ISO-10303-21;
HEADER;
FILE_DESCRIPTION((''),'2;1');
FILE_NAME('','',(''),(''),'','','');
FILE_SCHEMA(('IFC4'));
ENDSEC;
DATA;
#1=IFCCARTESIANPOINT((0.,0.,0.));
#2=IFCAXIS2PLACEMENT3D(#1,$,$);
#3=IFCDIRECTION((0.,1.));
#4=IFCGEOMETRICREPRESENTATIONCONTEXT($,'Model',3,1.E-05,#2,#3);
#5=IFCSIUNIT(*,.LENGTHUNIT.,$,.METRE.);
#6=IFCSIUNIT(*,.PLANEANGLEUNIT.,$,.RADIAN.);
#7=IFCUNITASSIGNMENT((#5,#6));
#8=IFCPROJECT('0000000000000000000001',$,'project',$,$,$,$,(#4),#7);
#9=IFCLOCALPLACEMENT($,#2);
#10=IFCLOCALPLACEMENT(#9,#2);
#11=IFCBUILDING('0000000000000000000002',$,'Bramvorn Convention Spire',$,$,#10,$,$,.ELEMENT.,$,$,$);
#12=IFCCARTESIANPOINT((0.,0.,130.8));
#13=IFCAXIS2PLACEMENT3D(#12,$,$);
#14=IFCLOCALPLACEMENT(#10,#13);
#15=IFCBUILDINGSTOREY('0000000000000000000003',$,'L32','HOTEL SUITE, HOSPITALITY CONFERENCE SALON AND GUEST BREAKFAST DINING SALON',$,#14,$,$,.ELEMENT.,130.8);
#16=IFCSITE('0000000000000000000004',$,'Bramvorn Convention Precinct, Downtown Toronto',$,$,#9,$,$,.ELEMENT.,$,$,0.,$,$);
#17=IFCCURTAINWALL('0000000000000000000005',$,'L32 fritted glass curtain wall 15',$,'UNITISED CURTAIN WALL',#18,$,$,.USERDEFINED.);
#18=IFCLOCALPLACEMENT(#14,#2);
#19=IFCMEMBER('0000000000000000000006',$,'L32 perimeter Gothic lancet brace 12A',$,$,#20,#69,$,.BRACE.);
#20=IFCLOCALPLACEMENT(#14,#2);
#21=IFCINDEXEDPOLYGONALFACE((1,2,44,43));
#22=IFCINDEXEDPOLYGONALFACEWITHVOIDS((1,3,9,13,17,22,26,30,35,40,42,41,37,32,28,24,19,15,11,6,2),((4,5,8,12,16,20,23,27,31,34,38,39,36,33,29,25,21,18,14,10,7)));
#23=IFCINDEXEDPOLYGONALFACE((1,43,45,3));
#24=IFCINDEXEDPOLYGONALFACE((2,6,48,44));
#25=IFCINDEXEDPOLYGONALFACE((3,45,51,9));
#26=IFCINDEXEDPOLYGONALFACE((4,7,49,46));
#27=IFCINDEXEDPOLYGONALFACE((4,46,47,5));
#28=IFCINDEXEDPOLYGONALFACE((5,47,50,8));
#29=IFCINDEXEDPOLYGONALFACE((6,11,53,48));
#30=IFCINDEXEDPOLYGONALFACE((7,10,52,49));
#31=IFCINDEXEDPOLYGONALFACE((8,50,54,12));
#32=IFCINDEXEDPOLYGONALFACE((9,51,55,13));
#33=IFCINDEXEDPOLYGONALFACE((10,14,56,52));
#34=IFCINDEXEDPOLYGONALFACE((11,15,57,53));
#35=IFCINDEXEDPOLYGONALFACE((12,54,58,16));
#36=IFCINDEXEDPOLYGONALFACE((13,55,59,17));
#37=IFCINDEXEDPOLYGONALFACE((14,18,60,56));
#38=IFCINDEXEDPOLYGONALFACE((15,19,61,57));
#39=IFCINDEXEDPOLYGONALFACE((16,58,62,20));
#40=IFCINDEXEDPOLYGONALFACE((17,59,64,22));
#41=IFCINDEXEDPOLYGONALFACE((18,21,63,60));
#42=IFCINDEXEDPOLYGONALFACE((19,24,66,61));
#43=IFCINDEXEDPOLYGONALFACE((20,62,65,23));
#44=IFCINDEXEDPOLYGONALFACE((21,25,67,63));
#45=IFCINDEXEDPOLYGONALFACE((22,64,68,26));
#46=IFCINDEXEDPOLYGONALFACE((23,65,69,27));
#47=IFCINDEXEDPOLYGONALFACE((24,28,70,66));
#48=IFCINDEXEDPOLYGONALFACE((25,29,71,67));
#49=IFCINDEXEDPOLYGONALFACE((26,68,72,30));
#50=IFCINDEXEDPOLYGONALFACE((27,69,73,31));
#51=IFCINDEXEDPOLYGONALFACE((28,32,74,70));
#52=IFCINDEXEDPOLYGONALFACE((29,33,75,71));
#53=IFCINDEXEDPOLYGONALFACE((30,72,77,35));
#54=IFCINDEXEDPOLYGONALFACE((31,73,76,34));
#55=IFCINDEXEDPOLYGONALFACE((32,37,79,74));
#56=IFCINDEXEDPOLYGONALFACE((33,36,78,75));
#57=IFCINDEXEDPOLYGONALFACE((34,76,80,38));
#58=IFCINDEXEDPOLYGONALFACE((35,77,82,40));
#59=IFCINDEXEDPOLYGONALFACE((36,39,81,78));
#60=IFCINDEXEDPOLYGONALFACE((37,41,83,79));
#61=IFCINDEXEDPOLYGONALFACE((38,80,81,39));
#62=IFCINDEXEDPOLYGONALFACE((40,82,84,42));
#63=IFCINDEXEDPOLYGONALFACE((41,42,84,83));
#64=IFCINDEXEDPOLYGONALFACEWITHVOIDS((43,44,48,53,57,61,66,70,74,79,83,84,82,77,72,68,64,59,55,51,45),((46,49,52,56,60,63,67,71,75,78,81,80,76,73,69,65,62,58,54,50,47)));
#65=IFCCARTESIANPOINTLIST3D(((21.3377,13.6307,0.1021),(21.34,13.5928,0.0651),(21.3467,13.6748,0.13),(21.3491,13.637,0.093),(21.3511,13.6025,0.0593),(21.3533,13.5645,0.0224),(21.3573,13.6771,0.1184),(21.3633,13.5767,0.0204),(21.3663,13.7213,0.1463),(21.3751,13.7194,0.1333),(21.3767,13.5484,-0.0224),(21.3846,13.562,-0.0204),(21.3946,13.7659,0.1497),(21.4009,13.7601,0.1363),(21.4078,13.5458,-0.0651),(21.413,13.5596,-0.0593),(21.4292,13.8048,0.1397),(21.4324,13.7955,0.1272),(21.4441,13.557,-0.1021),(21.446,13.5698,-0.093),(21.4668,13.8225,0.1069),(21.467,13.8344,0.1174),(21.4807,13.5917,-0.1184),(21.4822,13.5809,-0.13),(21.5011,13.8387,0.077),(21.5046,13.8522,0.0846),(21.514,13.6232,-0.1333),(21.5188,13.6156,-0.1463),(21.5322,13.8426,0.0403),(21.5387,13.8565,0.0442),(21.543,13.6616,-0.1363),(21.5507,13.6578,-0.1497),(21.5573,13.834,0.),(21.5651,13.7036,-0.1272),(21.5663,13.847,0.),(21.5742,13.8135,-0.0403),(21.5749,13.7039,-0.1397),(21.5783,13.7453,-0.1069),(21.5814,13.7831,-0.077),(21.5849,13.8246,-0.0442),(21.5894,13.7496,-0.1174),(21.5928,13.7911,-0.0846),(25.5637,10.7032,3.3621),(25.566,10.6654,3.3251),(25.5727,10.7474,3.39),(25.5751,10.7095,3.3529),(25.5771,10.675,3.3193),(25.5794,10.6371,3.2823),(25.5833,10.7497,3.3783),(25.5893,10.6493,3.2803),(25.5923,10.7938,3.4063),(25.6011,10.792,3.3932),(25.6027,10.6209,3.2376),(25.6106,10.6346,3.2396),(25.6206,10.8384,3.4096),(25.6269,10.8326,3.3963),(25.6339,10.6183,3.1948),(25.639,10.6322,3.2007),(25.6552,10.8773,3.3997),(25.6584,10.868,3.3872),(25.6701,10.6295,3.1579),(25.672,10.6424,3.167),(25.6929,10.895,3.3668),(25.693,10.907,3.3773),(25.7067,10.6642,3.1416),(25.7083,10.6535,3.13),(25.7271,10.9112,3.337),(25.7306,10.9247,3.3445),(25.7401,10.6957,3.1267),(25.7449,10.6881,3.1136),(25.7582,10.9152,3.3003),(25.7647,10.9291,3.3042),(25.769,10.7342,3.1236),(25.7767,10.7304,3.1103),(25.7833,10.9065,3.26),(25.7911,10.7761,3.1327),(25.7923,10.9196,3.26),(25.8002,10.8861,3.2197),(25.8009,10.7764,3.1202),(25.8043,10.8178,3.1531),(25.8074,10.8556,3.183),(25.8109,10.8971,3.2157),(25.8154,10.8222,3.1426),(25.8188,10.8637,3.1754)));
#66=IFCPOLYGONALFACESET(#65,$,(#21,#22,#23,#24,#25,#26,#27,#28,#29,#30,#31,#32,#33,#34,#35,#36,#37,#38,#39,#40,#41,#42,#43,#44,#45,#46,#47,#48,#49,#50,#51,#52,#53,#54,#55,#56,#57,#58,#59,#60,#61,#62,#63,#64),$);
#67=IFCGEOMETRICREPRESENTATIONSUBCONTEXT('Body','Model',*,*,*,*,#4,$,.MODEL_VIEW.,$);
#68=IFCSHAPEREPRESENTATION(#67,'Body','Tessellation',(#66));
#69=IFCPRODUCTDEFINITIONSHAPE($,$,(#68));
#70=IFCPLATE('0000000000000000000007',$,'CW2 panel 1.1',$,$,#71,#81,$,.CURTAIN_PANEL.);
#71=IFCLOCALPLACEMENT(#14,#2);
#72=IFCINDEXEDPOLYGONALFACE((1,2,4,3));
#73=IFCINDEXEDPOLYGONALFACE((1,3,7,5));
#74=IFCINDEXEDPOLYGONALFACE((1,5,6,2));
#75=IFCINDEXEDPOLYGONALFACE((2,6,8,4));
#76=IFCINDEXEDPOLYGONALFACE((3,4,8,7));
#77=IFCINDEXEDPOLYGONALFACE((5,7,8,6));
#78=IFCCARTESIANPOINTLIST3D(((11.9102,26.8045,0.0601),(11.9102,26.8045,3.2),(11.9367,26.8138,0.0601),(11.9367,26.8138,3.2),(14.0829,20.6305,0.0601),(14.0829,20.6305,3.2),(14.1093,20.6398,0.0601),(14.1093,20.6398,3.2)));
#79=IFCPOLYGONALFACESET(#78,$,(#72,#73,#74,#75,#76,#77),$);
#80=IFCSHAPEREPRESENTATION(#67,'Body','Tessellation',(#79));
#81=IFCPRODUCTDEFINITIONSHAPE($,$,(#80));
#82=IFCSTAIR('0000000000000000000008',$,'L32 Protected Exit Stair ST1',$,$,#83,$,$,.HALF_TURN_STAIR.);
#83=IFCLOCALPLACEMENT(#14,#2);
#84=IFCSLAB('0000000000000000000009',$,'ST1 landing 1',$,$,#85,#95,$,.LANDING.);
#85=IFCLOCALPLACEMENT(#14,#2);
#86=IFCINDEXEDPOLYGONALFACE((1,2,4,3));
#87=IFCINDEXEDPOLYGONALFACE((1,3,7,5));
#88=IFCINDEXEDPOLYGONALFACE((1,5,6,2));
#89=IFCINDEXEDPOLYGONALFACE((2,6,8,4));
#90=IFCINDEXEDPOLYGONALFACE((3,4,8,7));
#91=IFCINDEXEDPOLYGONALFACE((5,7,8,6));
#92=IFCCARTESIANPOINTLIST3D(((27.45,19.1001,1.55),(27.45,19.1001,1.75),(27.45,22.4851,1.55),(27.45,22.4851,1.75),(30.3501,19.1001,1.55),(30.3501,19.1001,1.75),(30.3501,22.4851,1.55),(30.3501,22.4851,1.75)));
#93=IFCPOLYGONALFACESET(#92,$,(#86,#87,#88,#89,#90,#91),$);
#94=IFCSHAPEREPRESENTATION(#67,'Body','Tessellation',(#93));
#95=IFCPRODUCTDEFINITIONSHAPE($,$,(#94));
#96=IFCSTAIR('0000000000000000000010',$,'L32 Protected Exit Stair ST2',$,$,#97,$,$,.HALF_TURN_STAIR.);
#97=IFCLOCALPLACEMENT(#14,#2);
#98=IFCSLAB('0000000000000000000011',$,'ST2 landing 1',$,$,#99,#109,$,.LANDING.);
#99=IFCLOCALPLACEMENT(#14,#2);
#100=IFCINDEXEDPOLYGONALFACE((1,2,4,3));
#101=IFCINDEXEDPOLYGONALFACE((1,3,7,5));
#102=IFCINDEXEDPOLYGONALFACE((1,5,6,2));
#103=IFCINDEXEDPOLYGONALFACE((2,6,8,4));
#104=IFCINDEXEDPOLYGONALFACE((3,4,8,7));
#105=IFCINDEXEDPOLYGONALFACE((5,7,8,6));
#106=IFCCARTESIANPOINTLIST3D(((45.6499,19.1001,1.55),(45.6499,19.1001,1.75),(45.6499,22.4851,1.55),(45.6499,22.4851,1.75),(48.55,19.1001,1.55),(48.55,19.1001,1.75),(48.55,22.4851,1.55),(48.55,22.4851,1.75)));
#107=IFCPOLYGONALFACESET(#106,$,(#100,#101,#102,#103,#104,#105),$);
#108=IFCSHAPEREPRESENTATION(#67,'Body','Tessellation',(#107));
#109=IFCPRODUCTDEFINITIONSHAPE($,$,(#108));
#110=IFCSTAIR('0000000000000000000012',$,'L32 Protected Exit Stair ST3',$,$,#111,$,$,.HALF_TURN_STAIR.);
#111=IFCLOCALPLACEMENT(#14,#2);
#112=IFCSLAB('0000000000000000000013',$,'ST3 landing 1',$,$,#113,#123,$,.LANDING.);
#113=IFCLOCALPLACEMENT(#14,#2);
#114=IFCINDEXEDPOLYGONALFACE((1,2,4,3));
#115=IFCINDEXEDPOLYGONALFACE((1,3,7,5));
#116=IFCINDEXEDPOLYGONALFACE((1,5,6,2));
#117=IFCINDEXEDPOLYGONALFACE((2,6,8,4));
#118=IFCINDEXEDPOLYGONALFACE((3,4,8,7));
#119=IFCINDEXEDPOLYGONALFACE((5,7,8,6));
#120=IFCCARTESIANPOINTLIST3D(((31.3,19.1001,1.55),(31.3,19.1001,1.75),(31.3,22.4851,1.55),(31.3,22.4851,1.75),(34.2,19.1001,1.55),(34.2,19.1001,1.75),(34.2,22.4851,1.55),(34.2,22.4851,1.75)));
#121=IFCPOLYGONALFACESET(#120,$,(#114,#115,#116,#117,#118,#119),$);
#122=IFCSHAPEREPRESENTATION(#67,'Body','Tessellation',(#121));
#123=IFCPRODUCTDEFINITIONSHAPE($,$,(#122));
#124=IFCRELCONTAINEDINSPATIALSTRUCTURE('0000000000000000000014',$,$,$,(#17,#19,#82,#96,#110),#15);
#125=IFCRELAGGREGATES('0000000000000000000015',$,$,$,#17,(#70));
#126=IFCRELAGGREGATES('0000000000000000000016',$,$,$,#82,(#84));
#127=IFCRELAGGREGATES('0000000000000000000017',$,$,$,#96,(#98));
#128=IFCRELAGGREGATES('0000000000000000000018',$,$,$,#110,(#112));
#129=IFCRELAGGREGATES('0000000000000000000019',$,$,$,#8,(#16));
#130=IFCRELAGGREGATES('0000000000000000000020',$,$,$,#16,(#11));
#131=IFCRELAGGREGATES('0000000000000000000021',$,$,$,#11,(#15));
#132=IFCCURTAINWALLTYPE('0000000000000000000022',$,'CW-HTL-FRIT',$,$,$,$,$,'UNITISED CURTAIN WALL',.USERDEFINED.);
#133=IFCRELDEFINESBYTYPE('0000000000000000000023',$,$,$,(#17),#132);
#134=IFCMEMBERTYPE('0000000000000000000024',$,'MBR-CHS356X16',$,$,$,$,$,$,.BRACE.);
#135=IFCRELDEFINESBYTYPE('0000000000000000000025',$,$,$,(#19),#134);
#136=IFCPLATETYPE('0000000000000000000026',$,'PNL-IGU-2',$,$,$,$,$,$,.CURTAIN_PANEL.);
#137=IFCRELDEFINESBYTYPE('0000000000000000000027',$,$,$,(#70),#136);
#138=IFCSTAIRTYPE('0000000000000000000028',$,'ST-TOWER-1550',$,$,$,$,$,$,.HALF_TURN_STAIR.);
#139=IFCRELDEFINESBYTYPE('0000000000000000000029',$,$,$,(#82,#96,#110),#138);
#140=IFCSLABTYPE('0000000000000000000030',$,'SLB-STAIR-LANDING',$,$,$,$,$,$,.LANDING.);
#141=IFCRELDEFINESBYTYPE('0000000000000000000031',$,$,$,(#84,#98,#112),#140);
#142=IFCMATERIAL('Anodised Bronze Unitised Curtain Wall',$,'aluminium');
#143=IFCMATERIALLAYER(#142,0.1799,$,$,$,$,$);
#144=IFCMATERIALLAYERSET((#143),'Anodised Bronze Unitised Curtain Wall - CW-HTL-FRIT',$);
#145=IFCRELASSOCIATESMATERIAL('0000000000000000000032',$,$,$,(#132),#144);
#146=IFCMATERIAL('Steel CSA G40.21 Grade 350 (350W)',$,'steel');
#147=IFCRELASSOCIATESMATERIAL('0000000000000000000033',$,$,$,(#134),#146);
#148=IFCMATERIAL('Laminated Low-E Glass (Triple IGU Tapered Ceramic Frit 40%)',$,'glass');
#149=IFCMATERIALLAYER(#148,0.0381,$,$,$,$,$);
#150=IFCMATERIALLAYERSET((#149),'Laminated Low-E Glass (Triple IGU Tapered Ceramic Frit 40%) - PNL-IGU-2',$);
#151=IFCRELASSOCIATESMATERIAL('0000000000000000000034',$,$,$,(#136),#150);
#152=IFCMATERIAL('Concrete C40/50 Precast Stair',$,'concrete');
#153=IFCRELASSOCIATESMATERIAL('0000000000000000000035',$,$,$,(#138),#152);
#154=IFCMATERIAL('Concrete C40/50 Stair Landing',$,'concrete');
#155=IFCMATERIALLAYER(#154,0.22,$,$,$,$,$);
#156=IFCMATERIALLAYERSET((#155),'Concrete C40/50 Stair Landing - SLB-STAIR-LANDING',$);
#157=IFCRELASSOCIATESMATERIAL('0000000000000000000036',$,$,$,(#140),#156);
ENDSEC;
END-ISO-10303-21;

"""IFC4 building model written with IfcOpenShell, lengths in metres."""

from ifc_helpers import new_model, si_unit, direction, frame, origin, origin_2d, place, context, subcontext, project, spatial, polyline, rectangle, hollow_circle, outline, extrude, material, layer, layer_set, material_profile, profile_set, type_object, element, aggregate, save


model = new_model("IFC4")

# Units and contexts
model_context = context("Model", 3, precision=1e-05, world=origin(), true_north=direction((0.0, 1.0)))
body_context = subcontext(model_context, "Body", "Model", "MODEL_VIEW")
ifc_project = project(units=[si_unit("LENGTHUNIT", "METRE"), si_unit("PLANEANGLEUNIT", "RADIAN")], contexts=[model_context])

# Site, building, storey
site_placement = place(None, origin())
site = spatial("IfcSite", under=ifc_project, at=site_placement, Name="Bramvorn Convention Precinct, Downtown Toronto", CompositionType="ELEMENT", RefElevation=0.0)
building_placement = place(site_placement, origin())
building = spatial("IfcBuilding", under=site, at=building_placement, Name="Bramvorn Convention Spire", CompositionType="ELEMENT")
storey_placement = place(building_placement, frame((0.0, 0.0, 130.8)))
storey = spatial("IfcBuildingStorey", under=building, at=storey_placement, Name="L32", Description="HOTEL SUITE, HOSPITALITY CONFERENCE SALON AND GUEST BREAKFAST DINING SALON", CompositionType="ELEMENT", Elevation=130.8)

# Shared definitions
ifc_material_1 = material(Name="Steel CSA G40.21 Grade 350 (350W)", Category="steel")

# Curtain wall
ifc_material_2 = material(Name="Anodised Bronze Unitised Curtain Wall", Category="aluminium")
ifc_layer_1 = layer(ifc_material_2, 0.1799)
ifc_layer_set_1 = layer_set([ifc_layer_1], Name="Anodised Bronze Unitised Curtain Wall - CW-HTL-FRIT")
curtain_wall_type = type_object("IfcCurtainWallType", Name="CW-HTL-FRIT", ElementType="UNITISED CURTAIN WALL", PredefinedType="USERDEFINED", material=ifc_layer_set_1)
curtain_wall_placement = place(storey_placement, origin())
curtain_wall = element("IfcCurtainWall", 1, at=curtain_wall_placement, inside=storey, type_object=curtain_wall_type, Name="L32 fritted glass curtain wall 15", ObjectType="UNITISED CURTAIN WALL", PredefinedType="USERDEFINED")

# Member
ifc_material_profile_1 = material_profile(ifc_material_1, hollow_circle(Radius=0.1777, WallThickness=0.0159, at=origin_2d()))
ifc_profile_set_1 = profile_set([ifc_material_profile_1], Name="Steel CSA G40.21 Grade 350 (350W) - CHS356X16")
member_type_1 = type_object("IfcMemberType", Name="MBR-CHS356X16", PredefinedType="BRACE", material=ifc_profile_set_1)
member_1_placement = place(storey_placement, frame((21.4651, 13.7009, 0.0), z_axis=(0.694222, -0.480902, 0.535526), x_axis=(0.56944, 0.822033, 0.0)))
element("IfcMember", 2, at=member_1_placement, inside=storey, type_object=member_type_1, Name="L32 perimeter Gothic lancet brace 12A", PredefinedType="BRACE", context=body_context, shape_type="SweptSolid", body=[
    extrude(hollow_circle(Radius=0.1777, WallThickness=0.0159, at=origin_2d()), origin(), (0.0, 0.0, 1.0), 6.0874),
])

# Plate
ifc_material_3 = material(Name="Laminated Low-E Glass (Triple IGU Tapered Ceramic Frit 40%)", Category="glass")
ifc_layer_2 = layer(ifc_material_3, 0.0381)
ifc_layer_set_2 = layer_set([ifc_layer_2], Name="Laminated Low-E Glass (Triple IGU Tapered Ceramic Frit 40%) - PNL-IGU-2")
plate_type = type_object("IfcPlateType", Name="PNL-IGU-2", PredefinedType="CURTAIN_PANEL", material=ifc_layer_set_2)
plate_placement = place(storey_placement, frame((13.0098, 23.7222, 0.0601), z_axis=(0.0, 0.0, 1.0), x_axis=(-0.331951, 0.943297, 0.0)))
plate = element("IfcPlate", 3, at=plate_placement, type_object=plate_type, Name="CW2 panel 1.1", PredefinedType="CURTAIN_PANEL", context=body_context, shape_type="SweptSolid", body=[
    extrude(rectangle(XDim=6.5452, YDim=0.0281, at=origin_2d()), origin(), (0.0, 0.0, 1.0), 3.1399),
])
aggregate(curtain_wall, [plate])

# Stairs, slabs
ifc_material_4 = material(Name="Concrete C40/50 Precast Stair", Category="concrete")
stair_type = type_object("IfcStairType", Name="ST-TOWER-1550", PredefinedType="HALF_TURN_STAIR", material=ifc_material_4)
stair_1_placement = place(storey_placement, origin())
stair_1 = element("IfcStair", 4, at=stair_1_placement, inside=storey, type_object=stair_type, Name="L32 Protected Exit Stair ST1", PredefinedType="HALF_TURN_STAIR")
ifc_material_5 = material(Name="Concrete C40/50 Stair Landing", Category="concrete")
ifc_layer_3 = layer(ifc_material_5, 0.22)
ifc_layer_set_3 = layer_set([ifc_layer_3], Name="Concrete C40/50 Stair Landing - SLB-STAIR-LANDING")
slab_type_1 = type_object("IfcSlabType", Name="SLB-STAIR-LANDING", PredefinedType="LANDING", material=ifc_layer_set_3)
slab_1_placement = place(storey_placement, frame((0.0, 0.0, 1.55)))
slab_1 = element("IfcSlab", 5, at=slab_1_placement, type_object=slab_type_1, Name="ST1 landing 1", PredefinedType="LANDING", context=body_context, shape_type="SweptSolid", body=[
    extrude(outline(polyline([(27.45, 22.4851), (27.45, 19.1001), (30.3501, 19.1001), (30.3501, 22.4851), (27.45, 22.4851)])), origin(), (0.0, 0.0, 1.0), 0.2),
])
aggregate(stair_1, [slab_1])
stair_2_placement = place(storey_placement, origin())
stair_2 = element("IfcStair", 6, at=stair_2_placement, inside=storey, type_object=stair_type, Name="L32 Protected Exit Stair ST2", PredefinedType="HALF_TURN_STAIR")
slab_2_placement = place(storey_placement, frame((0.0, 0.0, 1.55)))
slab_2 = element("IfcSlab", 7, at=slab_2_placement, type_object=slab_type_1, Name="ST2 landing 1", PredefinedType="LANDING", context=body_context, shape_type="SweptSolid", body=[
    extrude(outline(polyline([(45.6499, 22.4851), (45.6499, 19.1001), (48.55, 19.1001), (48.55, 22.4851), (45.6499, 22.4851)])), origin(), (0.0, 0.0, 1.0), 0.2),
])
aggregate(stair_2, [slab_2])
stair_3_placement = place(storey_placement, origin())
stair_3 = element("IfcStair", 8, at=stair_3_placement, inside=storey, type_object=stair_type, Name="L32 Protected Exit Stair ST3", PredefinedType="HALF_TURN_STAIR")
slab_3_placement = place(storey_placement, frame((0.0, 0.0, 1.55)))
slab_3 = element("IfcSlab", 9, at=slab_3_placement, type_object=slab_type_1, Name="ST3 landing 1", PredefinedType="LANDING", context=body_context, shape_type="SweptSolid", body=[
    extrude(outline(polyline([(31.3, 22.4851), (31.3, 19.1001), (34.2, 19.1001), (34.2, 22.4851), (31.3, 22.4851)])), origin(), (0.0, 0.0, 1.0), 0.2),
])
aggregate(stair_3, [slab_3])

save(model, "model.ifc")
